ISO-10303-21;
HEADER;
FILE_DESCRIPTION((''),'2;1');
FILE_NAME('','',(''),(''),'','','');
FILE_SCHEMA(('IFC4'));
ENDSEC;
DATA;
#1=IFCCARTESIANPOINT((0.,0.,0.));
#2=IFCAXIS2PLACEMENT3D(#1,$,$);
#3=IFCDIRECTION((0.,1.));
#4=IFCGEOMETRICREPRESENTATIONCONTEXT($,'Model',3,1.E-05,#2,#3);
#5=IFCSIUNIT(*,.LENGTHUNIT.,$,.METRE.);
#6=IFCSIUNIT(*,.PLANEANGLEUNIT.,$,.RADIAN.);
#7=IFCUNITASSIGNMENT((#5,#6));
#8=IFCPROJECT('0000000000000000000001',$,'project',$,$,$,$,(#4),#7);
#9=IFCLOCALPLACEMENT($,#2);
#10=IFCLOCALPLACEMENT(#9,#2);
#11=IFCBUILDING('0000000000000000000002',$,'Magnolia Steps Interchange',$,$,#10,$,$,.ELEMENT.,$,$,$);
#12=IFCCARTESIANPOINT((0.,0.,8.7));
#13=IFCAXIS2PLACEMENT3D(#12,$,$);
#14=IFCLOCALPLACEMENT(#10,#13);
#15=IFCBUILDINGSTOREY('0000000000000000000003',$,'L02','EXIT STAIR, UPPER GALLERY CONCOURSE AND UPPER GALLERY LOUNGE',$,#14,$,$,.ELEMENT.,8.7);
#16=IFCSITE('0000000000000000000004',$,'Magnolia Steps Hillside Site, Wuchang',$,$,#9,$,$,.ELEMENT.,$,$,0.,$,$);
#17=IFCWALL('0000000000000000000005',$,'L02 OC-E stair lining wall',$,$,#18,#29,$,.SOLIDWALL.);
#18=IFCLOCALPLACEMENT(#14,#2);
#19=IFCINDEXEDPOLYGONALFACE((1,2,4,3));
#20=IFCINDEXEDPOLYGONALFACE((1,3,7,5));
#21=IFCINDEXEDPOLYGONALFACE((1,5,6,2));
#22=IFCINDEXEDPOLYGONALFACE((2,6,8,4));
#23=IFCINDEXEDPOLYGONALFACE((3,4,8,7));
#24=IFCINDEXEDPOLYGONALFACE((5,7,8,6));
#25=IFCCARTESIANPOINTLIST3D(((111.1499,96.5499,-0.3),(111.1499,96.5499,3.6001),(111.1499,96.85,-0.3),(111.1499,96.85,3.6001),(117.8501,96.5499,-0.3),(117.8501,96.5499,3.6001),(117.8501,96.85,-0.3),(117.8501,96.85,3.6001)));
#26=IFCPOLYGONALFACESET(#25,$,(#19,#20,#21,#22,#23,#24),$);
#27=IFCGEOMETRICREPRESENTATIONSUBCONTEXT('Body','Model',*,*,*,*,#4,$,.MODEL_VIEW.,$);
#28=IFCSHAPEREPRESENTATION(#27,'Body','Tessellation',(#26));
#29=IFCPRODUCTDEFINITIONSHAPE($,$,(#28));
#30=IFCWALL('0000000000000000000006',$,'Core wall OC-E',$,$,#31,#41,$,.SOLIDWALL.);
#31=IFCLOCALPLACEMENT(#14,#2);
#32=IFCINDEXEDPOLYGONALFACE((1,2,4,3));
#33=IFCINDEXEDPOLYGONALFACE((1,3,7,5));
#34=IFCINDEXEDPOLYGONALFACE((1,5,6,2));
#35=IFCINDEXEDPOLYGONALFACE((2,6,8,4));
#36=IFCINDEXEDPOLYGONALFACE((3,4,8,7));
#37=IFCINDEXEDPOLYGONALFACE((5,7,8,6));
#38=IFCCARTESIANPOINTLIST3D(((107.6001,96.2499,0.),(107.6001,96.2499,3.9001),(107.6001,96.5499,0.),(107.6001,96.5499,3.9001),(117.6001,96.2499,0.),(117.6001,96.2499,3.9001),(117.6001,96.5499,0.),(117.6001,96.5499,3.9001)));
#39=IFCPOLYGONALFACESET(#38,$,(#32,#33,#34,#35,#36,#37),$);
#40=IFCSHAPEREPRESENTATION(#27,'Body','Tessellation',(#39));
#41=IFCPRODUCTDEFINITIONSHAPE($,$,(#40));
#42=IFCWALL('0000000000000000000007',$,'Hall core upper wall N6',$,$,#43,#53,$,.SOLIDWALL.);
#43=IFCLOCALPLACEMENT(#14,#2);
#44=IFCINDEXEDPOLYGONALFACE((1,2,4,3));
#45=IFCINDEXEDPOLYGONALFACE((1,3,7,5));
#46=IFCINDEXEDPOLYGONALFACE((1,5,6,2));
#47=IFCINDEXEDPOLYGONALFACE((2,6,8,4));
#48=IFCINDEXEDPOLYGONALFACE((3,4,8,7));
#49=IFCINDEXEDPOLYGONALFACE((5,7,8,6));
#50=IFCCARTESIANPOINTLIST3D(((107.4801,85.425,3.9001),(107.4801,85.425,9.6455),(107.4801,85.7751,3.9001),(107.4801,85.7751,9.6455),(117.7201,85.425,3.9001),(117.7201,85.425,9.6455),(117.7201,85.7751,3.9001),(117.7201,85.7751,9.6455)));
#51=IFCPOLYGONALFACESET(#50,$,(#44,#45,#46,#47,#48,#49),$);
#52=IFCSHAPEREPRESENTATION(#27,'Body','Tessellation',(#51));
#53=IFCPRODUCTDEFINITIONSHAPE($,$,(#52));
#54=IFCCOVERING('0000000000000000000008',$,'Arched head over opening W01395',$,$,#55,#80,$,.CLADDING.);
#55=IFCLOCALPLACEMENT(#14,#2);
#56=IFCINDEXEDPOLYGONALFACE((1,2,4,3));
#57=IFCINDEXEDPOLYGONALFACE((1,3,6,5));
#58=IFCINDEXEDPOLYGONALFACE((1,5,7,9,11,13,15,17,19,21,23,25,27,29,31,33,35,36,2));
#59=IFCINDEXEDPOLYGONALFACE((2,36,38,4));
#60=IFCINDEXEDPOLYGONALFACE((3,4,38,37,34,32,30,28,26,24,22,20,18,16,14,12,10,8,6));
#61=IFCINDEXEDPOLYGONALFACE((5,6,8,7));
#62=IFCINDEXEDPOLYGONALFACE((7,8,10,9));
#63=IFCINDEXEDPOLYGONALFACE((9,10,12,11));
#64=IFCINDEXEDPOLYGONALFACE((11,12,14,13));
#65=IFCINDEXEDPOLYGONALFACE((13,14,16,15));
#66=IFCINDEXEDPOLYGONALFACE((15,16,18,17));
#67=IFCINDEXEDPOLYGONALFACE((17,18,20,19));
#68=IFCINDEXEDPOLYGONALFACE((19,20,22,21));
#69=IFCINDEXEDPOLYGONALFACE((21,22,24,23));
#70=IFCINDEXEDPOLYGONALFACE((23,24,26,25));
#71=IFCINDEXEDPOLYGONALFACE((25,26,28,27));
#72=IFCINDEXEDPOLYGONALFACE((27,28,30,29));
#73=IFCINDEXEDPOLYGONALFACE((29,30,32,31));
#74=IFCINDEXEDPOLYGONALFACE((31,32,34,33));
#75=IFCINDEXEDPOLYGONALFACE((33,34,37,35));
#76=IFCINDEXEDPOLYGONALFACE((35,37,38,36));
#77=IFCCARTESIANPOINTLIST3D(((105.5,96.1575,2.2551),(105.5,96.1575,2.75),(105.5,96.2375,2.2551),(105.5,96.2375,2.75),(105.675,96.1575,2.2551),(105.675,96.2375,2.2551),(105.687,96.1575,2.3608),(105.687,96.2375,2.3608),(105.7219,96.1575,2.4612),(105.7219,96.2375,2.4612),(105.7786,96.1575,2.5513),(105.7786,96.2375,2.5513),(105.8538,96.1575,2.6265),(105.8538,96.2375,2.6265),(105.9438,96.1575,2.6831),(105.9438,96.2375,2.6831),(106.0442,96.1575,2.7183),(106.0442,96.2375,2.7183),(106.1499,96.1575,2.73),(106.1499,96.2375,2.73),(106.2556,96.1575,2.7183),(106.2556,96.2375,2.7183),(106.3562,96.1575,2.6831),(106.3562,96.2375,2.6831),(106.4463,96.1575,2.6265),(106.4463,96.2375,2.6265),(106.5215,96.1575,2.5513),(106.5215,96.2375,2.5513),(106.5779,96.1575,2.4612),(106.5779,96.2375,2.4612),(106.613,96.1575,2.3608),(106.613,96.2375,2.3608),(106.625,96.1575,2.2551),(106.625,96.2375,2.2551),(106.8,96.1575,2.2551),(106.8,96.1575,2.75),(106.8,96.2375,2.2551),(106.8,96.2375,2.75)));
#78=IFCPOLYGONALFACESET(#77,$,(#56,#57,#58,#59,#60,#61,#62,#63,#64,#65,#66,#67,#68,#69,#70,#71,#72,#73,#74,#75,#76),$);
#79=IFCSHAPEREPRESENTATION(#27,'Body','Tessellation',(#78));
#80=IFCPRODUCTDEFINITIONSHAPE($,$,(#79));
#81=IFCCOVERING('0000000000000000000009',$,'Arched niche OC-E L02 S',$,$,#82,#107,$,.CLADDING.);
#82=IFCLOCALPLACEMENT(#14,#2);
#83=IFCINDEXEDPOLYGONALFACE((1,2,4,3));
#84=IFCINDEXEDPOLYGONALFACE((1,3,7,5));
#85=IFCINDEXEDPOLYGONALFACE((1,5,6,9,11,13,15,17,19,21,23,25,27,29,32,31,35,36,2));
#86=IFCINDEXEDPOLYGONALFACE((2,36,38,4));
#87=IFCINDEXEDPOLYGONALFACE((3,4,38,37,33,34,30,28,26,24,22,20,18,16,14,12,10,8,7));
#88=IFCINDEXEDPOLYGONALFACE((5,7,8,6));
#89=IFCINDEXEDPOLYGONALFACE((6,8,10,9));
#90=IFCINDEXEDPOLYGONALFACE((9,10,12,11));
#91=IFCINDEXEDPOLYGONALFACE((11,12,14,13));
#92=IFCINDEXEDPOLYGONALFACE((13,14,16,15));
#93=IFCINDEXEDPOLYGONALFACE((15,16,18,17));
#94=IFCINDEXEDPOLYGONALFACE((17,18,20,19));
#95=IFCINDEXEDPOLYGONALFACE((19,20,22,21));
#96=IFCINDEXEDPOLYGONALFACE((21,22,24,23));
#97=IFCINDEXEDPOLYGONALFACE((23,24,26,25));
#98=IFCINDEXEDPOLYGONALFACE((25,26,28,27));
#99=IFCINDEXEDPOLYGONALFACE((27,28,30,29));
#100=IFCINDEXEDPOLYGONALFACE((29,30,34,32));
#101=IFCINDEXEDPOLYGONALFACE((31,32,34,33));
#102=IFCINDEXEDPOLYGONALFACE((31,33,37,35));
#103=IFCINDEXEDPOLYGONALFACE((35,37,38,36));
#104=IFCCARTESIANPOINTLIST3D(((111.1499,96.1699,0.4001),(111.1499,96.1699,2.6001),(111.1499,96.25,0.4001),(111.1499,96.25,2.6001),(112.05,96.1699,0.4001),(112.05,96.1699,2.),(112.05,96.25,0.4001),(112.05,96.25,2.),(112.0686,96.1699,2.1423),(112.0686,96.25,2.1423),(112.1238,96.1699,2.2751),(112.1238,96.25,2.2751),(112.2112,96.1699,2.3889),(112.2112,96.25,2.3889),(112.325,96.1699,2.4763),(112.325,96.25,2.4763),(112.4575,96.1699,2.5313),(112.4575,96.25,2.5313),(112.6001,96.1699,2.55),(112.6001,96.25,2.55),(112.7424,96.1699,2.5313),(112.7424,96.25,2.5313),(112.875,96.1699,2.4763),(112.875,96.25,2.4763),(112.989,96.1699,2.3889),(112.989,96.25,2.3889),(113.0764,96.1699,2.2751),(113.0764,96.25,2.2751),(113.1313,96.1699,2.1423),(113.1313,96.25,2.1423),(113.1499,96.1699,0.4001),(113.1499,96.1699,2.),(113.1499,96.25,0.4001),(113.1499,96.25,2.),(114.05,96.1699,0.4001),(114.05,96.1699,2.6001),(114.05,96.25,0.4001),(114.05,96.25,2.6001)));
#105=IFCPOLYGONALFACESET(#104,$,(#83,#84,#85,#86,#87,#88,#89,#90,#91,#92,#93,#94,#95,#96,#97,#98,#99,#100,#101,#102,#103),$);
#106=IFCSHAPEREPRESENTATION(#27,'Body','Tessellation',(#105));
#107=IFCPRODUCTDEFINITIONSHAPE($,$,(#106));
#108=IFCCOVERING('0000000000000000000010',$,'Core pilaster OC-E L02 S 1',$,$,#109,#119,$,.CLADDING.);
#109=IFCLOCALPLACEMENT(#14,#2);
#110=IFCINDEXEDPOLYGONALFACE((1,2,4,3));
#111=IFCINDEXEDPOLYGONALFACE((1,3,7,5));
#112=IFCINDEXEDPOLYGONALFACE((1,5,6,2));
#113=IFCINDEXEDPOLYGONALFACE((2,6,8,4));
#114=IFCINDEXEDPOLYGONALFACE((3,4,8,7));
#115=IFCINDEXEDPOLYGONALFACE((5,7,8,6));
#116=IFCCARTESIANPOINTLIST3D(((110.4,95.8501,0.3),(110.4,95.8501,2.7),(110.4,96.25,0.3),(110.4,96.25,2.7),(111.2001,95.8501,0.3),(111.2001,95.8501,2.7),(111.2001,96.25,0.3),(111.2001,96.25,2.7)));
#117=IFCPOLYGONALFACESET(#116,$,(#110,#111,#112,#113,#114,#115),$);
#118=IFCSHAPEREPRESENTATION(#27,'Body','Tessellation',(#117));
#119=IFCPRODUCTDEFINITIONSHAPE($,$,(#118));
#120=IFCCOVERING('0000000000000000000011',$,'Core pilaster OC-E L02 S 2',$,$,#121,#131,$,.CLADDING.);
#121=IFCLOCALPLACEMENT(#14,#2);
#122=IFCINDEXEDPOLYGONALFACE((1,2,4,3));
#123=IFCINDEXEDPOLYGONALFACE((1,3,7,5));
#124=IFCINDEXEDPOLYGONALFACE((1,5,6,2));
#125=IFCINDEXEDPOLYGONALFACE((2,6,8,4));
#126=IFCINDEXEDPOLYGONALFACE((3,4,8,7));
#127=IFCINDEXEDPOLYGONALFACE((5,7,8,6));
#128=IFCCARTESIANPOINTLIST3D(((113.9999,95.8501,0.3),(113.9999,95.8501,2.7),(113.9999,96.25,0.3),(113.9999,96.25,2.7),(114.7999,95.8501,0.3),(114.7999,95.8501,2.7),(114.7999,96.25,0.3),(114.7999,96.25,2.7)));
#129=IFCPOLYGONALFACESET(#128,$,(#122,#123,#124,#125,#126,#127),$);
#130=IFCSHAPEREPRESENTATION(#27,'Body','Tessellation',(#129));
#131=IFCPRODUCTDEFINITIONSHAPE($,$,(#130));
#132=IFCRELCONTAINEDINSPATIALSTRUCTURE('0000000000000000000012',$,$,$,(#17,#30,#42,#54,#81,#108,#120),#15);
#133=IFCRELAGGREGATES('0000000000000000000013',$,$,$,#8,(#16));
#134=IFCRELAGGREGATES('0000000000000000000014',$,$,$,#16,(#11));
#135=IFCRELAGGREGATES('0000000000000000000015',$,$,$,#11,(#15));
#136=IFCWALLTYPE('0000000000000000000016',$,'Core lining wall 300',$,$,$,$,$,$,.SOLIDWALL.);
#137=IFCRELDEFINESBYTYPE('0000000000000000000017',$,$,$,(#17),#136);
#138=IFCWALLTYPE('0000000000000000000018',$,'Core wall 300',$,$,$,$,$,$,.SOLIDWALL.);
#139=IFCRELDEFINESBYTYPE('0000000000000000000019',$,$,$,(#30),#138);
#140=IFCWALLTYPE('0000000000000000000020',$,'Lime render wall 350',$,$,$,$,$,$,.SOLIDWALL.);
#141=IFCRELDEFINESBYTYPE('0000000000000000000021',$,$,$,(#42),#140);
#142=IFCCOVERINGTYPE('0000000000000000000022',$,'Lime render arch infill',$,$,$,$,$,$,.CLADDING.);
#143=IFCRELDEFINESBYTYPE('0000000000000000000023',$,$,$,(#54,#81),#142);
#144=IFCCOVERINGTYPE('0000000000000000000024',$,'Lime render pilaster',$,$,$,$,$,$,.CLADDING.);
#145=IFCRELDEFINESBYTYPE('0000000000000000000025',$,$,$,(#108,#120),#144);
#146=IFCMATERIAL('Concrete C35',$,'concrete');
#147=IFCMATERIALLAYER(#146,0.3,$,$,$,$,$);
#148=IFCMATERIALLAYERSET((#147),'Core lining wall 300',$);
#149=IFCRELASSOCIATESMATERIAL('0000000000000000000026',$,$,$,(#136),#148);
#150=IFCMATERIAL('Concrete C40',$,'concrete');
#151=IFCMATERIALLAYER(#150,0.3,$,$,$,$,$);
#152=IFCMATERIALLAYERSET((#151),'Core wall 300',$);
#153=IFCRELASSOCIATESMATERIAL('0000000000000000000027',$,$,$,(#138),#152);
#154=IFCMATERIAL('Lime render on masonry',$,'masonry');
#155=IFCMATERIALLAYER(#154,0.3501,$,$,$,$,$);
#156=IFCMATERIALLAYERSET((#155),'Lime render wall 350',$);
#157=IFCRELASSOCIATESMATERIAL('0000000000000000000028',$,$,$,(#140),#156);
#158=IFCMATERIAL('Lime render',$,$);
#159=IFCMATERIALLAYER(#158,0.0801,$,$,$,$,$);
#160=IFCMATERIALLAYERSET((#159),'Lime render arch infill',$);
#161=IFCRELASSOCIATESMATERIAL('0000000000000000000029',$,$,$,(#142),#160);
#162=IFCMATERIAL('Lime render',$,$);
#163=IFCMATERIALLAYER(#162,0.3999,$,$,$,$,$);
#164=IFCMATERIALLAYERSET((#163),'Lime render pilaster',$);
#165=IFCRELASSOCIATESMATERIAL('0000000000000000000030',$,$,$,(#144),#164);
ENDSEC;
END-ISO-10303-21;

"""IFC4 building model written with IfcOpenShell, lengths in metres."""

from ifc_helpers import new_model, si_unit, direction, frame, frame_2d, origin, origin_2d, place, context, subcontext, project, spatial, polyline, rectangle, outline, extrude, material, layer, layer_set, type_object, element, save


model = new_model("IFC4")

# Units and contexts
model_context = context("Model", 3, precision=1e-05, world=origin(), true_north=direction((0.0, 1.0)))
body_context = subcontext(model_context, "Body", "Model", "MODEL_VIEW")
ifc_project = project(units=[si_unit("LENGTHUNIT", "METRE"), si_unit("PLANEANGLEUNIT", "RADIAN")], contexts=[model_context])

# Site, building, storey
site_placement = place(None, origin())
site = spatial("IfcSite", under=ifc_project, at=site_placement, Name="Magnolia Steps Hillside Site, Wuchang", CompositionType="ELEMENT", RefElevation=0.0)
building_placement = place(site_placement, origin())
building = spatial("IfcBuilding", under=site, at=building_placement, Name="Magnolia Steps Interchange", CompositionType="ELEMENT")
storey_placement = place(building_placement, frame((0.0, 0.0, 8.7)))
storey = spatial("IfcBuildingStorey", under=building, at=storey_placement, Name="L02", Description="EXIT STAIR, UPPER GALLERY CONCOURSE AND UPPER GALLERY LOUNGE", CompositionType="ELEMENT", Elevation=8.7)

# Walls
ifc_material_1 = material(Name="Concrete C35", Category="concrete")
ifc_layer_1 = layer(ifc_material_1, 0.3)
ifc_layer_set_1 = layer_set([ifc_layer_1], Name="Core lining wall 300")
wall_type_1 = type_object("IfcWallType", Name="Core lining wall 300", PredefinedType="SOLIDWALL", material=ifc_layer_set_1)
wall_1_placement = place(storey_placement, frame((111.1499, 96.7, -0.3), z_axis=(0.0, 0.0, 1.0), x_axis=(1.0, 0.0, 0.0)))
element("IfcWall", 1, at=wall_1_placement, inside=storey, type_object=wall_type_1, Name="L02 OC-E stair lining wall", PredefinedType="SOLIDWALL", context=body_context, shape_type="SweptSolid", body=[
    extrude(rectangle(XDim=6.7002, YDim=0.3, at=frame_2d((3.3501, 0.0))), origin(), (0.0, 0.0, 1.0), 3.9001),
])
ifc_material_2 = material(Name="Concrete C40", Category="concrete")
ifc_layer_2 = layer(ifc_material_2, 0.3)
ifc_layer_set_2 = layer_set([ifc_layer_2], Name="Core wall 300")
wall_type_2 = type_object("IfcWallType", Name="Core wall 300", PredefinedType="SOLIDWALL", material=ifc_layer_set_2)
wall_2_placement = place(storey_placement, frame((107.6001, 96.3999, 0.0), z_axis=(0.0, 0.0, 1.0), x_axis=(1.0, 0.0, 0.0)))
element("IfcWall", 2, at=wall_2_placement, inside=storey, type_object=wall_type_2, Name="Core wall OC-E", PredefinedType="SOLIDWALL", context=body_context, shape_type="SweptSolid", body=[
    extrude(rectangle(XDim=10.0, YDim=0.3, at=frame_2d((5.0, 0.0))), origin(), (0.0, 0.0, 1.0), 3.9001),
])
ifc_material_3 = material(Name="Lime render on masonry", Category="masonry")
ifc_layer_3 = layer(ifc_material_3, 0.3501)
ifc_layer_set_3 = layer_set([ifc_layer_3], Name="Lime render wall 350")
wall_type_3 = type_object("IfcWallType", Name="Lime render wall 350", PredefinedType="SOLIDWALL", material=ifc_layer_set_3)
wall_3_placement = place(storey_placement, frame((107.48, 85.6001, 3.9001), z_axis=(0.0, 0.0, 1.0), x_axis=(1.0, 0.0, 0.0)))
element("IfcWall", 3, at=wall_3_placement, inside=storey, type_object=wall_type_3, Name="Hall core upper wall N6", PredefinedType="SOLIDWALL", context=body_context, shape_type="SweptSolid", body=[
    extrude(rectangle(XDim=10.24, YDim=0.3501, at=frame_2d((5.1201, 0.0))), origin(), (0.0, 0.0, 1.0), 5.7454),
])

# Coverings
ifc_material_4 = material(Name="Lime render")
ifc_layer_4 = layer(ifc_material_4, 0.0801)
ifc_layer_set_4 = layer_set([ifc_layer_4], Name="Lime render arch infill")
covering_type_1 = type_object("IfcCoveringType", Name="Lime render arch infill", PredefinedType="CLADDING", material=ifc_layer_set_4)
covering_1_placement = place(storey_placement, frame((105.5, 96.2375, 2.2551), z_axis=(0.0, 1.0, 0.0), x_axis=(0.0, 0.0, 1.0)))
element("IfcCovering", 4, at=covering_1_placement, inside=storey, type_object=covering_type_1, Name="Arched head over opening W01395", PredefinedType="CLADDING", context=body_context, shape_type="SweptSolid", body=[
    extrude(outline(polyline([(0.0, 0.0), (0.4949, 0.0), (0.4949, 1.3), (0.0, 1.3), (0.0, 1.125), (0.1057, 1.113), (0.2061, 1.0779), (0.2961, 1.0215), (0.3713, 0.9463), (0.428, 0.8562), (0.4631, 0.7556), (0.4749, 0.6499), (0.4631, 0.5442), (0.428, 0.4438), (0.3713, 0.3538), (0.2961, 0.2786), (0.2061, 0.2219), (0.1057, 0.187), (0.0, 0.175), (0.0, 0.0)])), origin(), (0.0, 0.0, -1.0), 0.0801),
])
covering_2_placement = place(storey_placement, frame((111.1499, 96.25, 0.4001), z_axis=(0.0, 1.0, 0.0), x_axis=(0.0, 0.0, 1.0)))
element("IfcCovering", 5, at=covering_2_placement, inside=storey, type_object=covering_type_1, Name="Arched niche OC-E L02 S", PredefinedType="CLADDING", context=body_context, shape_type="SweptSolid", body=[
    extrude(outline(polyline([(0.0, 0.0), (2.2, 0.0), (2.2, 2.9001), (0.0, 2.9001), (0.0, 2.0), (1.5999, 2.0), (1.7422, 1.9814), (1.875, 1.9265), (1.9888, 1.8391), (2.0762, 1.7251), (2.1311, 1.5925), (2.1499, 1.4502), (2.1311, 1.3076), (2.0762, 1.175), (1.9888, 1.0613), (1.875, 0.9739), (1.7422, 0.9187), (1.5999, 0.9001), (0.0, 0.9001), (0.0, 0.0)])), origin(), (0.0, 0.0, -1.0), 0.0801),
])
ifc_material_5 = material(Name="Lime render")
ifc_layer_5 = layer(ifc_material_5, 0.3999)
ifc_layer_set_5 = layer_set([ifc_layer_5], Name="Lime render pilaster")
covering_type_2 = type_object("IfcCoveringType", Name="Lime render pilaster", PredefinedType="CLADDING", material=ifc_layer_set_5)
for number, where, z_axis, x_axis, name in (
    (6, (110.8, 96.05, 0.3), (0.0, 0.0, 1.0), (1.0, 0.0, 0.0), "Core pilaster OC-E L02 S 1"),
    (7, (114.3999, 96.05, 0.3), (0.0, 0.0, 1.0), (1.0, 0.0, 0.0), "Core pilaster OC-E L02 S 2"),
):
    element("IfcCovering", number, at=place(storey_placement, frame(where, z_axis=z_axis, x_axis=x_axis)), inside=storey, type_object=covering_type_2, Name=name, PredefinedType="CLADDING", context=body_context, shape_type="SweptSolid", body=[
        extrude(rectangle(XDim=0.8, YDim=0.3999, at=origin_2d()), origin(), (0.0, 0.0, 1.0), 2.3999),
    ])

save(model, "model.ifc")
